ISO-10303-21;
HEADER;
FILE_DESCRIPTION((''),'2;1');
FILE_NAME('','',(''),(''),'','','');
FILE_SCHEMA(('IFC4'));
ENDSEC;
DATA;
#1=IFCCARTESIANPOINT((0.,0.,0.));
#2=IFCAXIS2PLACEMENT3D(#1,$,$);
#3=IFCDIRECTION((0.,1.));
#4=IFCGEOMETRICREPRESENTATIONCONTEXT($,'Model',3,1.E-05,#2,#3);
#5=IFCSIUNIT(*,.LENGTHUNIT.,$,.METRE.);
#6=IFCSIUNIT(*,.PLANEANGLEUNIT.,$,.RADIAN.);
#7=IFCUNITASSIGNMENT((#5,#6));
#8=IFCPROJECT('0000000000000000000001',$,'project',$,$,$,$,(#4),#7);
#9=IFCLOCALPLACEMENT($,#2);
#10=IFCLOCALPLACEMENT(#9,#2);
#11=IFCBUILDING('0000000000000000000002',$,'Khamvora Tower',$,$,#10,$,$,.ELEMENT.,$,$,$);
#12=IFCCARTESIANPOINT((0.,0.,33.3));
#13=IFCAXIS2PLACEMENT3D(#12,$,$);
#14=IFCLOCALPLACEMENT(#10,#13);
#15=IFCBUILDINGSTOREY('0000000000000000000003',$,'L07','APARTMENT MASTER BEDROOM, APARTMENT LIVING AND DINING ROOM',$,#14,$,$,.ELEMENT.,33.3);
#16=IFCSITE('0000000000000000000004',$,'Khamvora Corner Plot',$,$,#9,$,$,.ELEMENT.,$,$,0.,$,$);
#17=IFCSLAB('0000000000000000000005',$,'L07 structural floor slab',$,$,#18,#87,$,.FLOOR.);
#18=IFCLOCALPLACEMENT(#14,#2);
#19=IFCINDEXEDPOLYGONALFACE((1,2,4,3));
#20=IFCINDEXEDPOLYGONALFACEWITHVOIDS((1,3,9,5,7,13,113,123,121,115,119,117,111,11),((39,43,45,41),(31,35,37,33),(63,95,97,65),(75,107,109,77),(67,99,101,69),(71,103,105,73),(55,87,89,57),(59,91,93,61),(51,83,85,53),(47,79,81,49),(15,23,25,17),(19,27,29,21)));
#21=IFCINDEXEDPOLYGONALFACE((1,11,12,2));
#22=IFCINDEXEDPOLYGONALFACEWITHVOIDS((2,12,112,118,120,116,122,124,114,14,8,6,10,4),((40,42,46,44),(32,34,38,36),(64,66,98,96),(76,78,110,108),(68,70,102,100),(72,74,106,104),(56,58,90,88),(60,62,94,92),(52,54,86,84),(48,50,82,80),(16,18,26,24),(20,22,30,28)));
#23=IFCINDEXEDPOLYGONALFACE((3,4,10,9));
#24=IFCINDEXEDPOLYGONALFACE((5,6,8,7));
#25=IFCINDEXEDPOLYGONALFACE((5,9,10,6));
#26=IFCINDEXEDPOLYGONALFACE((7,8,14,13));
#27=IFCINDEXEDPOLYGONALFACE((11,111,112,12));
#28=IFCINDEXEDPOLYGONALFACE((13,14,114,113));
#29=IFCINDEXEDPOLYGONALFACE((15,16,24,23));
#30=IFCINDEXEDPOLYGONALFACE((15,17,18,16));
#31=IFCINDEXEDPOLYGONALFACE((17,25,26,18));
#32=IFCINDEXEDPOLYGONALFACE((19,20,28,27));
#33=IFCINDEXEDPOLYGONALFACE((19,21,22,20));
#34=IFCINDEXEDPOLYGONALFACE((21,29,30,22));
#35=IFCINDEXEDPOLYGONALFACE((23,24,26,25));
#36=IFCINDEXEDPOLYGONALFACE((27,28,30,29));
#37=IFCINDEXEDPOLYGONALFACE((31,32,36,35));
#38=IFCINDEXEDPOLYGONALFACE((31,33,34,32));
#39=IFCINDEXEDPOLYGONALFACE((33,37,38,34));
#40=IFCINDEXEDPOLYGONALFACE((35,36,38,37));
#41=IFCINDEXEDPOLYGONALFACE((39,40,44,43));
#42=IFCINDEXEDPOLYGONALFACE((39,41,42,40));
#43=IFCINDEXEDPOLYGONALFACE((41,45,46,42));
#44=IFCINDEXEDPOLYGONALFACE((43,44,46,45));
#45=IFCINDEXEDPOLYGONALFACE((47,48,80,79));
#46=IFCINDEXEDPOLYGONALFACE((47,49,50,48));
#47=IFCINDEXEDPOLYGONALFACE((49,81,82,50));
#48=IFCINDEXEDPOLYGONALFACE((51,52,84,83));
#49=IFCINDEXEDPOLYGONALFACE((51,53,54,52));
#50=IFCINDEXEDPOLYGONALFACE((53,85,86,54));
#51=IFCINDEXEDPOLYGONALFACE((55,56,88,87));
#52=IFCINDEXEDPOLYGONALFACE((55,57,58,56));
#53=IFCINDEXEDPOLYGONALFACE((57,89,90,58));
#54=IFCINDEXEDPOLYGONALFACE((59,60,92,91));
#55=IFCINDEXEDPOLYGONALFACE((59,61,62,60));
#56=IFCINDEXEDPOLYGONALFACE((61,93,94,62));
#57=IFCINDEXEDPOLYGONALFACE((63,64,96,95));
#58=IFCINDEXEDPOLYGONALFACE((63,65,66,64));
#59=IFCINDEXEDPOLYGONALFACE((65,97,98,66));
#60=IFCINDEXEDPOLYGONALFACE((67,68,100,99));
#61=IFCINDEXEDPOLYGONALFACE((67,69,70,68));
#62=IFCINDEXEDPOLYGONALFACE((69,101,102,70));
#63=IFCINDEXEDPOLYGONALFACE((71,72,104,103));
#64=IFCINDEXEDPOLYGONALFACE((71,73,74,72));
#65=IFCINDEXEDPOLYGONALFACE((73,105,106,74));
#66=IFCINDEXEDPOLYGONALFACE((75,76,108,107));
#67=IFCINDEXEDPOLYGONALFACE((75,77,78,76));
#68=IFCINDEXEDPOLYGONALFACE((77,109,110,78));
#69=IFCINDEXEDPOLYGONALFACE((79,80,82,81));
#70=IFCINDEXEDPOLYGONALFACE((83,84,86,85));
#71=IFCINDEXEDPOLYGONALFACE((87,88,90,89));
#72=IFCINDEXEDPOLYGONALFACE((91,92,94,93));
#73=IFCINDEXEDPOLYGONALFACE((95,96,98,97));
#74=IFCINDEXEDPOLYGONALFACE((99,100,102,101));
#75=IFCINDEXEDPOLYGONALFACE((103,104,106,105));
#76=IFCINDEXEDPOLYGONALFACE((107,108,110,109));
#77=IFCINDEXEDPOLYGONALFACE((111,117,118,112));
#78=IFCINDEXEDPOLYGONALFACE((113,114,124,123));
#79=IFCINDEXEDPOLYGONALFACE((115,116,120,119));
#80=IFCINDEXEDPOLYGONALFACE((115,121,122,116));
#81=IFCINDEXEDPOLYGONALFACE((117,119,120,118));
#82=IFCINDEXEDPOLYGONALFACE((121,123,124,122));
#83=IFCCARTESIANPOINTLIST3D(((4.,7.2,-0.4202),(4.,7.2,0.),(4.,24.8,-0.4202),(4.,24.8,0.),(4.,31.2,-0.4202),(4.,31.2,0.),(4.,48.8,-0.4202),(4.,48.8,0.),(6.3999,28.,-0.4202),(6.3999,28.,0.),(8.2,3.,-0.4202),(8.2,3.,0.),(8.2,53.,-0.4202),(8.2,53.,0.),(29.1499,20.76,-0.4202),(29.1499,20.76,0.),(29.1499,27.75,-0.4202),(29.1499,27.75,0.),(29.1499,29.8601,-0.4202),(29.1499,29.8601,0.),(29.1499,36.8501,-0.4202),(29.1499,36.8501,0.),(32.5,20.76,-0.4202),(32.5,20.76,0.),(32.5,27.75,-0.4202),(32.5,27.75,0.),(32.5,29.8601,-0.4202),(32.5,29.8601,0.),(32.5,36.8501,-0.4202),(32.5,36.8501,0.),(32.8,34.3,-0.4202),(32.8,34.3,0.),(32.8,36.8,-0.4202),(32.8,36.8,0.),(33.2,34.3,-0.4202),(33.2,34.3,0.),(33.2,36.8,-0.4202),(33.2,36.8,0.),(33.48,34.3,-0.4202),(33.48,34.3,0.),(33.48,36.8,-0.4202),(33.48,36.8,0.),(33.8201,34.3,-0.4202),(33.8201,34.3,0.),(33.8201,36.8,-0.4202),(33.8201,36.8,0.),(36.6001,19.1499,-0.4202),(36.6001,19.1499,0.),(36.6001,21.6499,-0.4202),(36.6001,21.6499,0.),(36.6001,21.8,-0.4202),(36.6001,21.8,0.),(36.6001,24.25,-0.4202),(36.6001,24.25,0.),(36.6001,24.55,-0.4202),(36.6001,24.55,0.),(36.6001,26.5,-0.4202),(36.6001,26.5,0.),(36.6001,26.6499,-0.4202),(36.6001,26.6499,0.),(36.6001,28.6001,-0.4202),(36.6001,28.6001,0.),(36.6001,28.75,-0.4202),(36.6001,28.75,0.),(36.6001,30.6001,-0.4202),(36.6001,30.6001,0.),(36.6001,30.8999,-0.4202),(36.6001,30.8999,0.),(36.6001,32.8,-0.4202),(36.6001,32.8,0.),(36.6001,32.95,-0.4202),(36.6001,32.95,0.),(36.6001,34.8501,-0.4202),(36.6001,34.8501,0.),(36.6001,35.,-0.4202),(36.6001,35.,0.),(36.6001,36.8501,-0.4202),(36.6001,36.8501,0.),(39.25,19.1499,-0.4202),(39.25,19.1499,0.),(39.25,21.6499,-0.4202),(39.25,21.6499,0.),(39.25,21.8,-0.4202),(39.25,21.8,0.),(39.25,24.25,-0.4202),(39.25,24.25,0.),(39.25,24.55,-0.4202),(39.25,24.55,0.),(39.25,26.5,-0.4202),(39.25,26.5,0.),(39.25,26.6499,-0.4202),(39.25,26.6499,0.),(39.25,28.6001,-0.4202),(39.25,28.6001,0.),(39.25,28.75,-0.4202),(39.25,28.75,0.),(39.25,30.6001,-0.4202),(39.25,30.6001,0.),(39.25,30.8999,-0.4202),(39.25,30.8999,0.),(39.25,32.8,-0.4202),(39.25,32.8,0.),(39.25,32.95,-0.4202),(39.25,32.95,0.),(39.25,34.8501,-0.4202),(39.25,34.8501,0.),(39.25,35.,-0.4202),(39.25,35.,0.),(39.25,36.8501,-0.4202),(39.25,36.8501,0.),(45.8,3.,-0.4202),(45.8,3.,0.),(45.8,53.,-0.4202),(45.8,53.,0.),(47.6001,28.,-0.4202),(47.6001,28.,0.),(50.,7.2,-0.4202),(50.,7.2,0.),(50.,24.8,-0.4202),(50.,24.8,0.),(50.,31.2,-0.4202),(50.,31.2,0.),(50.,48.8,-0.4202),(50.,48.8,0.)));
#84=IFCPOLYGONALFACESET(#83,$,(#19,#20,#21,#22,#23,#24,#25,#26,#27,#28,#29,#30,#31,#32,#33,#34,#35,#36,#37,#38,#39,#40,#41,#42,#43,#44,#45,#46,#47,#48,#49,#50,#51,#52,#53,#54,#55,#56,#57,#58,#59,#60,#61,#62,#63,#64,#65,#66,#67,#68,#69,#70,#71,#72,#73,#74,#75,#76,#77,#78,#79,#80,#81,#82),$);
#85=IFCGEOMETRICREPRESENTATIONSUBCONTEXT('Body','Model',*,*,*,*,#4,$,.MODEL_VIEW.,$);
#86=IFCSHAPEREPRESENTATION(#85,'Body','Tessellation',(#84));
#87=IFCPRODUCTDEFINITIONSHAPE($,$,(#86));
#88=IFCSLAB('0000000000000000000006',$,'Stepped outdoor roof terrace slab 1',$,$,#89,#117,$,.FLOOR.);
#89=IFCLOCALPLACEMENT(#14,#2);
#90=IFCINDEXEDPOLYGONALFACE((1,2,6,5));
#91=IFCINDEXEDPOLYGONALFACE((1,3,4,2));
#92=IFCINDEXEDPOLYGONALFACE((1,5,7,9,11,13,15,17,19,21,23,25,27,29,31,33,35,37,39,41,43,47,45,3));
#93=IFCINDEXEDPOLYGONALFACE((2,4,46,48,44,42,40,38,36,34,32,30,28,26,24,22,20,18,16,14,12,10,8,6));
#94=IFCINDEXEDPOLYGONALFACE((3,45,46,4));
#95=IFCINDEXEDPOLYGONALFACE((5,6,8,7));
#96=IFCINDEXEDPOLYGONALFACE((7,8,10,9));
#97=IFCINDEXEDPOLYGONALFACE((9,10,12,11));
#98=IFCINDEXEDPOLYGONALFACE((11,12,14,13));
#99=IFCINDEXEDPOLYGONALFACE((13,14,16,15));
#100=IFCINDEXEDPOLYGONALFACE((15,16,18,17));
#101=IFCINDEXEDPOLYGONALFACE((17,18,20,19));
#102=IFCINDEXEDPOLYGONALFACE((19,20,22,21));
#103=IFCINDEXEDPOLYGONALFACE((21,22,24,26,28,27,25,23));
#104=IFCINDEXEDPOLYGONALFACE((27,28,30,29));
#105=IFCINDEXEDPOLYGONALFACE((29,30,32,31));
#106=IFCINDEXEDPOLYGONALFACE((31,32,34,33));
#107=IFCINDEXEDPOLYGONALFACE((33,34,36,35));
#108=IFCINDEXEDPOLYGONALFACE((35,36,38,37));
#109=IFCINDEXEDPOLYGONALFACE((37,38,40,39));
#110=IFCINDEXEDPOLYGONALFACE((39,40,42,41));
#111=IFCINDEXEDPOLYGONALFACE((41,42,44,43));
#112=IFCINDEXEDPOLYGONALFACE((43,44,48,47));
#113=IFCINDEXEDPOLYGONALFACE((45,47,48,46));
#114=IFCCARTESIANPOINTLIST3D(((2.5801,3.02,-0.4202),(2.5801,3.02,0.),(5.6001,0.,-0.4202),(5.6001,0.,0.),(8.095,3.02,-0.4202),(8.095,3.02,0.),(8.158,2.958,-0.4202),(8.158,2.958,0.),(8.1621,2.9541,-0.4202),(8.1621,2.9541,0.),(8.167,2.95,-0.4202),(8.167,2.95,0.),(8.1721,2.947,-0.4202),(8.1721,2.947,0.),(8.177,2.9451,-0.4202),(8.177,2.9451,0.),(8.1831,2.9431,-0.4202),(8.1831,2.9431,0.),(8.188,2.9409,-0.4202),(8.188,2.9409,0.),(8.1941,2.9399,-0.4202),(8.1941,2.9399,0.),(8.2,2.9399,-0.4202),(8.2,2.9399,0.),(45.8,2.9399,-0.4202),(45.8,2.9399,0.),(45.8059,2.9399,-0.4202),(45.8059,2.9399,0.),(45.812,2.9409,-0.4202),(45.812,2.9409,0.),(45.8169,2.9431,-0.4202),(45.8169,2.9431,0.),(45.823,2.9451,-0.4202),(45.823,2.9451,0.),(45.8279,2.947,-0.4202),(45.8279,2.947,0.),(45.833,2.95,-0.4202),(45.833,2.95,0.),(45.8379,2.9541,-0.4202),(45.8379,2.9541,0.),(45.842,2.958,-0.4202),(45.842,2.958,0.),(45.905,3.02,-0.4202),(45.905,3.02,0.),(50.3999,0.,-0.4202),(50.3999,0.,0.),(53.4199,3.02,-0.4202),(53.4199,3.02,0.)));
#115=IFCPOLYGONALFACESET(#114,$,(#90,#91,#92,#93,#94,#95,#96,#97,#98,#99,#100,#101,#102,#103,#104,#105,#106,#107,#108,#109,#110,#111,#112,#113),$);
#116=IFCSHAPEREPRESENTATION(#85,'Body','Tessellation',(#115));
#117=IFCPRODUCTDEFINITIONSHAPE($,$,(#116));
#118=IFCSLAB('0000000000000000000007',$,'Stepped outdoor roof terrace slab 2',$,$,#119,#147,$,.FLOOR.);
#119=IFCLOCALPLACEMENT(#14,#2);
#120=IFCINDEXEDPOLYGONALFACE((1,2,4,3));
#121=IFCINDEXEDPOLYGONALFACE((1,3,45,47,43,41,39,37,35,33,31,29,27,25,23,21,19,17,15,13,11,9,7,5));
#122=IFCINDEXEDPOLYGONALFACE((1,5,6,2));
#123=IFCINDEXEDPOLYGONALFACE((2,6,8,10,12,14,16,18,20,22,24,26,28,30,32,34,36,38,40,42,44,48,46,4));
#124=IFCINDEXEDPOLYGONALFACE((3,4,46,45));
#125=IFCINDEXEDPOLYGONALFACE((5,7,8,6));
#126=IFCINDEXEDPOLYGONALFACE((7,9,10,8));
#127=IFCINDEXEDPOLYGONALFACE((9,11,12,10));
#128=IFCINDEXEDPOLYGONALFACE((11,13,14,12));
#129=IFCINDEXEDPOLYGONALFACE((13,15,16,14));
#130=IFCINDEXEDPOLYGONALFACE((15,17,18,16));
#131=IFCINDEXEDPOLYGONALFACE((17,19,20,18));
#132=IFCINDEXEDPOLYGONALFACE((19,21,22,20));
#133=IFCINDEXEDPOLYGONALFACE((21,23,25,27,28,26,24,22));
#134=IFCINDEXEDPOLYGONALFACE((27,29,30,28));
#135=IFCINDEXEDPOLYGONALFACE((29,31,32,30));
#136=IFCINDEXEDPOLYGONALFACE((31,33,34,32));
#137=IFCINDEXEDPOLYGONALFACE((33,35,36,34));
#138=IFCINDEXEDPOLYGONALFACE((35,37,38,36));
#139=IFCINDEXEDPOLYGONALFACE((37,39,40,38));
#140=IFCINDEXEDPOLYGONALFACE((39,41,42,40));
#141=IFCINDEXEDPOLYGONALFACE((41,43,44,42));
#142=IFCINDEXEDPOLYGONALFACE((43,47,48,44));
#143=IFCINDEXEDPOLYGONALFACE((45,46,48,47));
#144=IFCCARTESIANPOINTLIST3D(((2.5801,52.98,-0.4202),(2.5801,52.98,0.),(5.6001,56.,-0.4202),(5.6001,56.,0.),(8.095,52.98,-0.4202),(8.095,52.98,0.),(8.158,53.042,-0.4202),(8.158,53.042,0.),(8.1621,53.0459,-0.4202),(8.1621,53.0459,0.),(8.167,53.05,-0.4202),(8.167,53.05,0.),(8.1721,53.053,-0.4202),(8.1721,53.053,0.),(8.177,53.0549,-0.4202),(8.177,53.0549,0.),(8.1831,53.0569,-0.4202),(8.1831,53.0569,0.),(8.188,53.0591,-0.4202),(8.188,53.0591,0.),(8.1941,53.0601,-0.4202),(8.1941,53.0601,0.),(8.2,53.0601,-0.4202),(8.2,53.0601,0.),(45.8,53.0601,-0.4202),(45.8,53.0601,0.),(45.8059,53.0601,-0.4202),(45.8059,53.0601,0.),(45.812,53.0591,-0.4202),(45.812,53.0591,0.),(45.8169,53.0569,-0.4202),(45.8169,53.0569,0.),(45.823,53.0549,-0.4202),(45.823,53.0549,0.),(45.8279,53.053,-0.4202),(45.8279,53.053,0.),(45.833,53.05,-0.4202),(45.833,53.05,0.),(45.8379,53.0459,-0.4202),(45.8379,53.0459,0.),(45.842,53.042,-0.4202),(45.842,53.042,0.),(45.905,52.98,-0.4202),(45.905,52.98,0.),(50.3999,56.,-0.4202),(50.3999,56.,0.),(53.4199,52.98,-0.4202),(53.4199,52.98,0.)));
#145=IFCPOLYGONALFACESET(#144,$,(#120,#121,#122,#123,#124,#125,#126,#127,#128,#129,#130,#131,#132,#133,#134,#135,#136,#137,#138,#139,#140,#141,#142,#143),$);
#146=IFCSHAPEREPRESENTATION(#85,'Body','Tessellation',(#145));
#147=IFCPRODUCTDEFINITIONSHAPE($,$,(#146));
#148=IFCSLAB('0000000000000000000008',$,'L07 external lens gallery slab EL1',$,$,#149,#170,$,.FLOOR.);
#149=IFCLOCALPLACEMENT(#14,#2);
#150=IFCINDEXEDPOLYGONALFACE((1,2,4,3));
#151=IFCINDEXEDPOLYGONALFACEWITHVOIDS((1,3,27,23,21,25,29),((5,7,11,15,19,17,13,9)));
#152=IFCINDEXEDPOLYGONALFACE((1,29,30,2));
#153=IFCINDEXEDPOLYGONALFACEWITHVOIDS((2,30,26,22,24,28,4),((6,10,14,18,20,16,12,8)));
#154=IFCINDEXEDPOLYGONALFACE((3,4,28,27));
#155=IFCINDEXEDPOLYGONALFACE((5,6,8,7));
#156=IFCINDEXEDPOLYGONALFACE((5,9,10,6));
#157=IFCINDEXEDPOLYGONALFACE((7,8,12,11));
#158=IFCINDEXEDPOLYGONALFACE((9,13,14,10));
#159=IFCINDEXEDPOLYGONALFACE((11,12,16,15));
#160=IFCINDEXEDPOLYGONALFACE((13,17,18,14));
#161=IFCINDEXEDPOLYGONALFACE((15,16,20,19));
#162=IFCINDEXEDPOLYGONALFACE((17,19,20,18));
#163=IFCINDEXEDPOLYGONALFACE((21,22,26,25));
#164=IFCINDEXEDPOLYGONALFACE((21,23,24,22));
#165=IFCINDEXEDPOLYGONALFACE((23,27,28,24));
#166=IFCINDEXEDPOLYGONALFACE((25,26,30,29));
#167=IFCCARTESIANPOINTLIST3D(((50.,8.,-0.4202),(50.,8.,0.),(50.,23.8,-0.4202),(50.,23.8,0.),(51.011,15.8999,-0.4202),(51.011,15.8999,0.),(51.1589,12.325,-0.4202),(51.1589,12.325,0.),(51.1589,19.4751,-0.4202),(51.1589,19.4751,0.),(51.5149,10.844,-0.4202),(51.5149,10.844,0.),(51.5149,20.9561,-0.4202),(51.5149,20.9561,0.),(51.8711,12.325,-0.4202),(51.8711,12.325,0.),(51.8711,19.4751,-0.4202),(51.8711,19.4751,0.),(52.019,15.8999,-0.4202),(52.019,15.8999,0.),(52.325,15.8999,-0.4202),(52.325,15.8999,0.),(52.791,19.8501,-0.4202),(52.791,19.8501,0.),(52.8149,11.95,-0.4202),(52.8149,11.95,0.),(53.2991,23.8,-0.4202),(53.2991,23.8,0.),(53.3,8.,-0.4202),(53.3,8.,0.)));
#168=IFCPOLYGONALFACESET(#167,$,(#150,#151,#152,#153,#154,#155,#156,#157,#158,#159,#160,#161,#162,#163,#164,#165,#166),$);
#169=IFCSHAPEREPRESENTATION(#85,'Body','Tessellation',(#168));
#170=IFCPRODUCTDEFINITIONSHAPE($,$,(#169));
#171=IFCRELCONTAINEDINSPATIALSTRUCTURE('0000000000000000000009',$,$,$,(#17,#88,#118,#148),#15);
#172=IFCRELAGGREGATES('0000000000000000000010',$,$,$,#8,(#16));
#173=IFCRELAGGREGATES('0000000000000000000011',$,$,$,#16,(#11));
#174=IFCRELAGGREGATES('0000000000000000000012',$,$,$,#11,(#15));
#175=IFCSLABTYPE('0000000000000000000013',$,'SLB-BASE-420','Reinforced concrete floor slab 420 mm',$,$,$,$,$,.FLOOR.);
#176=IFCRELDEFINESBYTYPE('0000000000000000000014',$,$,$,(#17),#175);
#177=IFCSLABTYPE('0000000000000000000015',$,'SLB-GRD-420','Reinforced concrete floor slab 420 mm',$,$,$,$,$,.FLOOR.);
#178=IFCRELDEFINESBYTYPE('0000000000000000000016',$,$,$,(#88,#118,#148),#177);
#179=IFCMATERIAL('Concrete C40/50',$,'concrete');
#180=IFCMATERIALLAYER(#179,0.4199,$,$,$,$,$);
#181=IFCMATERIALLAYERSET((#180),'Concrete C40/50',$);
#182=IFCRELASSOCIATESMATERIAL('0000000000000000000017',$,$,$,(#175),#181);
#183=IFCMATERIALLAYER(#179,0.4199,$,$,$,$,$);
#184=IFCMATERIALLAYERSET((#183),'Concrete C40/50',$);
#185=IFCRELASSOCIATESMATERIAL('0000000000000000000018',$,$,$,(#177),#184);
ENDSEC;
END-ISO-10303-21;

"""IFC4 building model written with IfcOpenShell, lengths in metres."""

from ifc_helpers import new_model, si_unit, direction, frame, origin, place, context, subcontext, project, spatial, polyline, outline, extrude, material, layer, layer_set, type_object, element, save


model = new_model("IFC4")

# Units and contexts
model_context = context("Model", 3, precision=1e-05, world=origin(), true_north=direction((0.0, 1.0)))
body_context = subcontext(model_context, "Body", "Model", "MODEL_VIEW")
ifc_project = project(units=[si_unit("LENGTHUNIT", "METRE"), si_unit("PLANEANGLEUNIT", "RADIAN")], contexts=[model_context])

# Site, building, storey
site_placement = place(None, origin())
site = spatial("IfcSite", under=ifc_project, at=site_placement, Name="Khamvora Corner Plot", CompositionType="ELEMENT", RefElevation=0.0)
building_placement = place(site_placement, origin())
building = spatial("IfcBuilding", under=site, at=building_placement, Name="Khamvora Tower", CompositionType="ELEMENT")
storey_placement = place(building_placement, frame((0.0, 0.0, 33.3)))
storey = spatial("IfcBuildingStorey", under=building, at=storey_placement, Name="L07", Description="APARTMENT MASTER BEDROOM, APARTMENT LIVING AND DINING ROOM", CompositionType="ELEMENT", Elevation=33.3)

# Slabs
ifc_material_1 = material(Name="Concrete C40/50", Category="concrete")
ifc_layer_1 = layer(ifc_material_1, 0.4199)
ifc_layer_set_1 = layer_set([ifc_layer_1], Name="Concrete C40/50")
slab_type_1 = type_object("IfcSlabType", Name="SLB-BASE-420", Description="Reinforced concrete floor slab 420 mm", PredefinedType="FLOOR", material=ifc_layer_set_1)
slab_1_placement = place(storey_placement, frame((0.0, 0.0, -0.4202)))
element("IfcSlab", 1, at=slab_1_placement, inside=storey, type_object=slab_type_1, Name="L07 structural floor slab", PredefinedType="FLOOR", context=body_context, shape_type="SweptSolid", body=[
    extrude(outline(polyline([(8.2, 3.0), (45.8, 3.0), (50.0, 7.2), (50.0, 24.8), (47.6001, 28.0), (50.0, 31.2), (50.0, 48.8), (45.8, 53.0), (8.2, 53.0), (4.0, 48.8), (4.0, 31.2), (6.3999, 28.0), (4.0, 24.8), (4.0, 7.2), (8.2, 3.0)]), holes=[polyline([(32.5, 20.76), (32.5, 27.75), (29.1499, 27.75), (29.1499, 20.76), (32.5, 20.76)]), polyline([(32.5, 29.8601), (32.5, 36.8501), (29.1499, 36.8501), (29.1499, 29.8601), (32.5, 29.8601)]), polyline([(36.6001, 19.1499), (39.25, 19.1499), (39.25, 21.6499), (36.6001, 21.6499), (36.6001, 19.1499)]), polyline([(36.6001, 21.8), (39.25, 21.8), (39.25, 24.25), (36.6001, 24.25), (36.6001, 21.8)]), polyline([(36.6001, 24.55), (39.25, 24.55), (39.25, 26.5), (36.6001, 26.5), (36.6001, 24.55)]), polyline([(36.6001, 26.6499), (39.25, 26.6499), (39.25, 28.6001), (36.6001, 28.6001), (36.6001, 26.6499)]), polyline([(36.6001, 28.75), (39.25, 28.75), (39.25, 30.6001), (36.6001, 30.6001), (36.6001, 28.75)]), polyline([(36.6001, 30.8999), (39.25, 30.8999), (39.25, 32.8), (36.6001, 32.8), (36.6001, 30.8999)]), polyline([(36.6001, 32.95), (39.25, 32.95), (39.25, 34.8501), (36.6001, 34.8501), (36.6001, 32.95)]), polyline([(36.6001, 35.0), (39.25, 35.0), (39.25, 36.8501), (36.6001, 36.8501), (36.6001, 35.0)]), polyline([(32.8, 34.3), (33.2, 34.3), (33.2, 36.8), (32.8, 36.8), (32.8, 34.3)]), polyline([(33.48, 34.3), (33.8201, 34.3), (33.8201, 36.8), (33.48, 36.8), (33.48, 34.3)])]), origin(), (0.0, 0.0, 1.0), 0.4202),
])
ifc_layer_2 = layer(ifc_material_1, 0.4199)
ifc_layer_set_2 = layer_set([ifc_layer_2], Name="Concrete C40/50")
slab_type_2 = type_object("IfcSlabType", Name="SLB-GRD-420", Description="Reinforced concrete floor slab 420 mm", PredefinedType="FLOOR", material=ifc_layer_set_2)
slab_2_placement = place(storey_placement, frame((0.0, 0.0, -0.4202)))
element("IfcSlab", 2, at=slab_2_placement, inside=storey, type_object=slab_type_2, Name="Stepped outdoor roof terrace slab 1", PredefinedType="FLOOR", context=body_context, shape_type="SweptSolid", body=[
    extrude(outline(polyline([(50.3999, 0.0), (5.6001, 0.0), (2.5801, 3.02), (8.095, 3.02), (8.158, 2.958), (8.1621, 2.9541), (8.167, 2.95), (8.1721, 2.947), (8.177, 2.9451), (8.1831, 2.9431), (8.188, 2.9409), (8.1941, 2.9399), (8.2, 2.9399), (45.8, 2.9399), (45.8059, 2.9399), (45.812, 2.9409), (45.8169, 2.9431), (45.823, 2.9451), (45.8279, 2.947), (45.833, 2.95), (45.8379, 2.9541), (45.842, 2.958), (45.905, 3.02), (53.4199, 3.02), (50.3999, 0.0)])), origin(), (0.0, 0.0, 1.0), 0.4202),
])
slab_3_placement = place(storey_placement, frame((0.0, 0.0, -0.4202)))
element("IfcSlab", 3, at=slab_3_placement, inside=storey, type_object=slab_type_2, Name="Stepped outdoor roof terrace slab 2", PredefinedType="FLOOR", context=body_context, shape_type="SweptSolid", body=[
    extrude(outline(polyline([(5.6001, 56.0), (50.3999, 56.0), (53.4199, 52.98), (45.905, 52.98), (45.842, 53.042), (45.8379, 53.0459), (45.833, 53.05), (45.8279, 53.053), (45.823, 53.0549), (45.8169, 53.0569), (45.812, 53.0591), (45.8059, 53.0601), (45.8, 53.0601), (8.2, 53.0601), (8.1941, 53.0601), (8.188, 53.0591), (8.1831, 53.0569), (8.177, 53.0549), (8.1721, 53.053), (8.167, 53.05), (8.1621, 53.0459), (8.158, 53.042), (8.095, 52.98), (2.5801, 52.98), (5.6001, 56.0)])), origin(), (0.0, 0.0, 1.0), 0.4202),
])
slab_4_placement = place(storey_placement, frame((0.0, 0.0, -0.4202)))
element("IfcSlab", 4, at=slab_4_placement, inside=storey, type_object=slab_type_2, Name="L07 external lens gallery slab EL1", PredefinedType="FLOOR", context=body_context, shape_type="SweptSolid", body=[
    extrude(outline(polyline([(53.3, 8.0), (52.8149, 11.95), (52.325, 15.8999), (52.791, 19.8501), (53.2991, 23.8), (50.0, 23.8), (50.0, 8.0), (53.3, 8.0)]), holes=[polyline([(52.019, 15.8999), (51.8711, 19.4751), (51.5149, 20.9561), (51.1589, 19.4751), (51.011, 15.8999), (51.1589, 12.325), (51.5149, 10.844), (51.8711, 12.325), (52.019, 15.8999)])]), origin(), (0.0, 0.0, 1.0), 0.4202),
])

save(model, "model.ifc")
